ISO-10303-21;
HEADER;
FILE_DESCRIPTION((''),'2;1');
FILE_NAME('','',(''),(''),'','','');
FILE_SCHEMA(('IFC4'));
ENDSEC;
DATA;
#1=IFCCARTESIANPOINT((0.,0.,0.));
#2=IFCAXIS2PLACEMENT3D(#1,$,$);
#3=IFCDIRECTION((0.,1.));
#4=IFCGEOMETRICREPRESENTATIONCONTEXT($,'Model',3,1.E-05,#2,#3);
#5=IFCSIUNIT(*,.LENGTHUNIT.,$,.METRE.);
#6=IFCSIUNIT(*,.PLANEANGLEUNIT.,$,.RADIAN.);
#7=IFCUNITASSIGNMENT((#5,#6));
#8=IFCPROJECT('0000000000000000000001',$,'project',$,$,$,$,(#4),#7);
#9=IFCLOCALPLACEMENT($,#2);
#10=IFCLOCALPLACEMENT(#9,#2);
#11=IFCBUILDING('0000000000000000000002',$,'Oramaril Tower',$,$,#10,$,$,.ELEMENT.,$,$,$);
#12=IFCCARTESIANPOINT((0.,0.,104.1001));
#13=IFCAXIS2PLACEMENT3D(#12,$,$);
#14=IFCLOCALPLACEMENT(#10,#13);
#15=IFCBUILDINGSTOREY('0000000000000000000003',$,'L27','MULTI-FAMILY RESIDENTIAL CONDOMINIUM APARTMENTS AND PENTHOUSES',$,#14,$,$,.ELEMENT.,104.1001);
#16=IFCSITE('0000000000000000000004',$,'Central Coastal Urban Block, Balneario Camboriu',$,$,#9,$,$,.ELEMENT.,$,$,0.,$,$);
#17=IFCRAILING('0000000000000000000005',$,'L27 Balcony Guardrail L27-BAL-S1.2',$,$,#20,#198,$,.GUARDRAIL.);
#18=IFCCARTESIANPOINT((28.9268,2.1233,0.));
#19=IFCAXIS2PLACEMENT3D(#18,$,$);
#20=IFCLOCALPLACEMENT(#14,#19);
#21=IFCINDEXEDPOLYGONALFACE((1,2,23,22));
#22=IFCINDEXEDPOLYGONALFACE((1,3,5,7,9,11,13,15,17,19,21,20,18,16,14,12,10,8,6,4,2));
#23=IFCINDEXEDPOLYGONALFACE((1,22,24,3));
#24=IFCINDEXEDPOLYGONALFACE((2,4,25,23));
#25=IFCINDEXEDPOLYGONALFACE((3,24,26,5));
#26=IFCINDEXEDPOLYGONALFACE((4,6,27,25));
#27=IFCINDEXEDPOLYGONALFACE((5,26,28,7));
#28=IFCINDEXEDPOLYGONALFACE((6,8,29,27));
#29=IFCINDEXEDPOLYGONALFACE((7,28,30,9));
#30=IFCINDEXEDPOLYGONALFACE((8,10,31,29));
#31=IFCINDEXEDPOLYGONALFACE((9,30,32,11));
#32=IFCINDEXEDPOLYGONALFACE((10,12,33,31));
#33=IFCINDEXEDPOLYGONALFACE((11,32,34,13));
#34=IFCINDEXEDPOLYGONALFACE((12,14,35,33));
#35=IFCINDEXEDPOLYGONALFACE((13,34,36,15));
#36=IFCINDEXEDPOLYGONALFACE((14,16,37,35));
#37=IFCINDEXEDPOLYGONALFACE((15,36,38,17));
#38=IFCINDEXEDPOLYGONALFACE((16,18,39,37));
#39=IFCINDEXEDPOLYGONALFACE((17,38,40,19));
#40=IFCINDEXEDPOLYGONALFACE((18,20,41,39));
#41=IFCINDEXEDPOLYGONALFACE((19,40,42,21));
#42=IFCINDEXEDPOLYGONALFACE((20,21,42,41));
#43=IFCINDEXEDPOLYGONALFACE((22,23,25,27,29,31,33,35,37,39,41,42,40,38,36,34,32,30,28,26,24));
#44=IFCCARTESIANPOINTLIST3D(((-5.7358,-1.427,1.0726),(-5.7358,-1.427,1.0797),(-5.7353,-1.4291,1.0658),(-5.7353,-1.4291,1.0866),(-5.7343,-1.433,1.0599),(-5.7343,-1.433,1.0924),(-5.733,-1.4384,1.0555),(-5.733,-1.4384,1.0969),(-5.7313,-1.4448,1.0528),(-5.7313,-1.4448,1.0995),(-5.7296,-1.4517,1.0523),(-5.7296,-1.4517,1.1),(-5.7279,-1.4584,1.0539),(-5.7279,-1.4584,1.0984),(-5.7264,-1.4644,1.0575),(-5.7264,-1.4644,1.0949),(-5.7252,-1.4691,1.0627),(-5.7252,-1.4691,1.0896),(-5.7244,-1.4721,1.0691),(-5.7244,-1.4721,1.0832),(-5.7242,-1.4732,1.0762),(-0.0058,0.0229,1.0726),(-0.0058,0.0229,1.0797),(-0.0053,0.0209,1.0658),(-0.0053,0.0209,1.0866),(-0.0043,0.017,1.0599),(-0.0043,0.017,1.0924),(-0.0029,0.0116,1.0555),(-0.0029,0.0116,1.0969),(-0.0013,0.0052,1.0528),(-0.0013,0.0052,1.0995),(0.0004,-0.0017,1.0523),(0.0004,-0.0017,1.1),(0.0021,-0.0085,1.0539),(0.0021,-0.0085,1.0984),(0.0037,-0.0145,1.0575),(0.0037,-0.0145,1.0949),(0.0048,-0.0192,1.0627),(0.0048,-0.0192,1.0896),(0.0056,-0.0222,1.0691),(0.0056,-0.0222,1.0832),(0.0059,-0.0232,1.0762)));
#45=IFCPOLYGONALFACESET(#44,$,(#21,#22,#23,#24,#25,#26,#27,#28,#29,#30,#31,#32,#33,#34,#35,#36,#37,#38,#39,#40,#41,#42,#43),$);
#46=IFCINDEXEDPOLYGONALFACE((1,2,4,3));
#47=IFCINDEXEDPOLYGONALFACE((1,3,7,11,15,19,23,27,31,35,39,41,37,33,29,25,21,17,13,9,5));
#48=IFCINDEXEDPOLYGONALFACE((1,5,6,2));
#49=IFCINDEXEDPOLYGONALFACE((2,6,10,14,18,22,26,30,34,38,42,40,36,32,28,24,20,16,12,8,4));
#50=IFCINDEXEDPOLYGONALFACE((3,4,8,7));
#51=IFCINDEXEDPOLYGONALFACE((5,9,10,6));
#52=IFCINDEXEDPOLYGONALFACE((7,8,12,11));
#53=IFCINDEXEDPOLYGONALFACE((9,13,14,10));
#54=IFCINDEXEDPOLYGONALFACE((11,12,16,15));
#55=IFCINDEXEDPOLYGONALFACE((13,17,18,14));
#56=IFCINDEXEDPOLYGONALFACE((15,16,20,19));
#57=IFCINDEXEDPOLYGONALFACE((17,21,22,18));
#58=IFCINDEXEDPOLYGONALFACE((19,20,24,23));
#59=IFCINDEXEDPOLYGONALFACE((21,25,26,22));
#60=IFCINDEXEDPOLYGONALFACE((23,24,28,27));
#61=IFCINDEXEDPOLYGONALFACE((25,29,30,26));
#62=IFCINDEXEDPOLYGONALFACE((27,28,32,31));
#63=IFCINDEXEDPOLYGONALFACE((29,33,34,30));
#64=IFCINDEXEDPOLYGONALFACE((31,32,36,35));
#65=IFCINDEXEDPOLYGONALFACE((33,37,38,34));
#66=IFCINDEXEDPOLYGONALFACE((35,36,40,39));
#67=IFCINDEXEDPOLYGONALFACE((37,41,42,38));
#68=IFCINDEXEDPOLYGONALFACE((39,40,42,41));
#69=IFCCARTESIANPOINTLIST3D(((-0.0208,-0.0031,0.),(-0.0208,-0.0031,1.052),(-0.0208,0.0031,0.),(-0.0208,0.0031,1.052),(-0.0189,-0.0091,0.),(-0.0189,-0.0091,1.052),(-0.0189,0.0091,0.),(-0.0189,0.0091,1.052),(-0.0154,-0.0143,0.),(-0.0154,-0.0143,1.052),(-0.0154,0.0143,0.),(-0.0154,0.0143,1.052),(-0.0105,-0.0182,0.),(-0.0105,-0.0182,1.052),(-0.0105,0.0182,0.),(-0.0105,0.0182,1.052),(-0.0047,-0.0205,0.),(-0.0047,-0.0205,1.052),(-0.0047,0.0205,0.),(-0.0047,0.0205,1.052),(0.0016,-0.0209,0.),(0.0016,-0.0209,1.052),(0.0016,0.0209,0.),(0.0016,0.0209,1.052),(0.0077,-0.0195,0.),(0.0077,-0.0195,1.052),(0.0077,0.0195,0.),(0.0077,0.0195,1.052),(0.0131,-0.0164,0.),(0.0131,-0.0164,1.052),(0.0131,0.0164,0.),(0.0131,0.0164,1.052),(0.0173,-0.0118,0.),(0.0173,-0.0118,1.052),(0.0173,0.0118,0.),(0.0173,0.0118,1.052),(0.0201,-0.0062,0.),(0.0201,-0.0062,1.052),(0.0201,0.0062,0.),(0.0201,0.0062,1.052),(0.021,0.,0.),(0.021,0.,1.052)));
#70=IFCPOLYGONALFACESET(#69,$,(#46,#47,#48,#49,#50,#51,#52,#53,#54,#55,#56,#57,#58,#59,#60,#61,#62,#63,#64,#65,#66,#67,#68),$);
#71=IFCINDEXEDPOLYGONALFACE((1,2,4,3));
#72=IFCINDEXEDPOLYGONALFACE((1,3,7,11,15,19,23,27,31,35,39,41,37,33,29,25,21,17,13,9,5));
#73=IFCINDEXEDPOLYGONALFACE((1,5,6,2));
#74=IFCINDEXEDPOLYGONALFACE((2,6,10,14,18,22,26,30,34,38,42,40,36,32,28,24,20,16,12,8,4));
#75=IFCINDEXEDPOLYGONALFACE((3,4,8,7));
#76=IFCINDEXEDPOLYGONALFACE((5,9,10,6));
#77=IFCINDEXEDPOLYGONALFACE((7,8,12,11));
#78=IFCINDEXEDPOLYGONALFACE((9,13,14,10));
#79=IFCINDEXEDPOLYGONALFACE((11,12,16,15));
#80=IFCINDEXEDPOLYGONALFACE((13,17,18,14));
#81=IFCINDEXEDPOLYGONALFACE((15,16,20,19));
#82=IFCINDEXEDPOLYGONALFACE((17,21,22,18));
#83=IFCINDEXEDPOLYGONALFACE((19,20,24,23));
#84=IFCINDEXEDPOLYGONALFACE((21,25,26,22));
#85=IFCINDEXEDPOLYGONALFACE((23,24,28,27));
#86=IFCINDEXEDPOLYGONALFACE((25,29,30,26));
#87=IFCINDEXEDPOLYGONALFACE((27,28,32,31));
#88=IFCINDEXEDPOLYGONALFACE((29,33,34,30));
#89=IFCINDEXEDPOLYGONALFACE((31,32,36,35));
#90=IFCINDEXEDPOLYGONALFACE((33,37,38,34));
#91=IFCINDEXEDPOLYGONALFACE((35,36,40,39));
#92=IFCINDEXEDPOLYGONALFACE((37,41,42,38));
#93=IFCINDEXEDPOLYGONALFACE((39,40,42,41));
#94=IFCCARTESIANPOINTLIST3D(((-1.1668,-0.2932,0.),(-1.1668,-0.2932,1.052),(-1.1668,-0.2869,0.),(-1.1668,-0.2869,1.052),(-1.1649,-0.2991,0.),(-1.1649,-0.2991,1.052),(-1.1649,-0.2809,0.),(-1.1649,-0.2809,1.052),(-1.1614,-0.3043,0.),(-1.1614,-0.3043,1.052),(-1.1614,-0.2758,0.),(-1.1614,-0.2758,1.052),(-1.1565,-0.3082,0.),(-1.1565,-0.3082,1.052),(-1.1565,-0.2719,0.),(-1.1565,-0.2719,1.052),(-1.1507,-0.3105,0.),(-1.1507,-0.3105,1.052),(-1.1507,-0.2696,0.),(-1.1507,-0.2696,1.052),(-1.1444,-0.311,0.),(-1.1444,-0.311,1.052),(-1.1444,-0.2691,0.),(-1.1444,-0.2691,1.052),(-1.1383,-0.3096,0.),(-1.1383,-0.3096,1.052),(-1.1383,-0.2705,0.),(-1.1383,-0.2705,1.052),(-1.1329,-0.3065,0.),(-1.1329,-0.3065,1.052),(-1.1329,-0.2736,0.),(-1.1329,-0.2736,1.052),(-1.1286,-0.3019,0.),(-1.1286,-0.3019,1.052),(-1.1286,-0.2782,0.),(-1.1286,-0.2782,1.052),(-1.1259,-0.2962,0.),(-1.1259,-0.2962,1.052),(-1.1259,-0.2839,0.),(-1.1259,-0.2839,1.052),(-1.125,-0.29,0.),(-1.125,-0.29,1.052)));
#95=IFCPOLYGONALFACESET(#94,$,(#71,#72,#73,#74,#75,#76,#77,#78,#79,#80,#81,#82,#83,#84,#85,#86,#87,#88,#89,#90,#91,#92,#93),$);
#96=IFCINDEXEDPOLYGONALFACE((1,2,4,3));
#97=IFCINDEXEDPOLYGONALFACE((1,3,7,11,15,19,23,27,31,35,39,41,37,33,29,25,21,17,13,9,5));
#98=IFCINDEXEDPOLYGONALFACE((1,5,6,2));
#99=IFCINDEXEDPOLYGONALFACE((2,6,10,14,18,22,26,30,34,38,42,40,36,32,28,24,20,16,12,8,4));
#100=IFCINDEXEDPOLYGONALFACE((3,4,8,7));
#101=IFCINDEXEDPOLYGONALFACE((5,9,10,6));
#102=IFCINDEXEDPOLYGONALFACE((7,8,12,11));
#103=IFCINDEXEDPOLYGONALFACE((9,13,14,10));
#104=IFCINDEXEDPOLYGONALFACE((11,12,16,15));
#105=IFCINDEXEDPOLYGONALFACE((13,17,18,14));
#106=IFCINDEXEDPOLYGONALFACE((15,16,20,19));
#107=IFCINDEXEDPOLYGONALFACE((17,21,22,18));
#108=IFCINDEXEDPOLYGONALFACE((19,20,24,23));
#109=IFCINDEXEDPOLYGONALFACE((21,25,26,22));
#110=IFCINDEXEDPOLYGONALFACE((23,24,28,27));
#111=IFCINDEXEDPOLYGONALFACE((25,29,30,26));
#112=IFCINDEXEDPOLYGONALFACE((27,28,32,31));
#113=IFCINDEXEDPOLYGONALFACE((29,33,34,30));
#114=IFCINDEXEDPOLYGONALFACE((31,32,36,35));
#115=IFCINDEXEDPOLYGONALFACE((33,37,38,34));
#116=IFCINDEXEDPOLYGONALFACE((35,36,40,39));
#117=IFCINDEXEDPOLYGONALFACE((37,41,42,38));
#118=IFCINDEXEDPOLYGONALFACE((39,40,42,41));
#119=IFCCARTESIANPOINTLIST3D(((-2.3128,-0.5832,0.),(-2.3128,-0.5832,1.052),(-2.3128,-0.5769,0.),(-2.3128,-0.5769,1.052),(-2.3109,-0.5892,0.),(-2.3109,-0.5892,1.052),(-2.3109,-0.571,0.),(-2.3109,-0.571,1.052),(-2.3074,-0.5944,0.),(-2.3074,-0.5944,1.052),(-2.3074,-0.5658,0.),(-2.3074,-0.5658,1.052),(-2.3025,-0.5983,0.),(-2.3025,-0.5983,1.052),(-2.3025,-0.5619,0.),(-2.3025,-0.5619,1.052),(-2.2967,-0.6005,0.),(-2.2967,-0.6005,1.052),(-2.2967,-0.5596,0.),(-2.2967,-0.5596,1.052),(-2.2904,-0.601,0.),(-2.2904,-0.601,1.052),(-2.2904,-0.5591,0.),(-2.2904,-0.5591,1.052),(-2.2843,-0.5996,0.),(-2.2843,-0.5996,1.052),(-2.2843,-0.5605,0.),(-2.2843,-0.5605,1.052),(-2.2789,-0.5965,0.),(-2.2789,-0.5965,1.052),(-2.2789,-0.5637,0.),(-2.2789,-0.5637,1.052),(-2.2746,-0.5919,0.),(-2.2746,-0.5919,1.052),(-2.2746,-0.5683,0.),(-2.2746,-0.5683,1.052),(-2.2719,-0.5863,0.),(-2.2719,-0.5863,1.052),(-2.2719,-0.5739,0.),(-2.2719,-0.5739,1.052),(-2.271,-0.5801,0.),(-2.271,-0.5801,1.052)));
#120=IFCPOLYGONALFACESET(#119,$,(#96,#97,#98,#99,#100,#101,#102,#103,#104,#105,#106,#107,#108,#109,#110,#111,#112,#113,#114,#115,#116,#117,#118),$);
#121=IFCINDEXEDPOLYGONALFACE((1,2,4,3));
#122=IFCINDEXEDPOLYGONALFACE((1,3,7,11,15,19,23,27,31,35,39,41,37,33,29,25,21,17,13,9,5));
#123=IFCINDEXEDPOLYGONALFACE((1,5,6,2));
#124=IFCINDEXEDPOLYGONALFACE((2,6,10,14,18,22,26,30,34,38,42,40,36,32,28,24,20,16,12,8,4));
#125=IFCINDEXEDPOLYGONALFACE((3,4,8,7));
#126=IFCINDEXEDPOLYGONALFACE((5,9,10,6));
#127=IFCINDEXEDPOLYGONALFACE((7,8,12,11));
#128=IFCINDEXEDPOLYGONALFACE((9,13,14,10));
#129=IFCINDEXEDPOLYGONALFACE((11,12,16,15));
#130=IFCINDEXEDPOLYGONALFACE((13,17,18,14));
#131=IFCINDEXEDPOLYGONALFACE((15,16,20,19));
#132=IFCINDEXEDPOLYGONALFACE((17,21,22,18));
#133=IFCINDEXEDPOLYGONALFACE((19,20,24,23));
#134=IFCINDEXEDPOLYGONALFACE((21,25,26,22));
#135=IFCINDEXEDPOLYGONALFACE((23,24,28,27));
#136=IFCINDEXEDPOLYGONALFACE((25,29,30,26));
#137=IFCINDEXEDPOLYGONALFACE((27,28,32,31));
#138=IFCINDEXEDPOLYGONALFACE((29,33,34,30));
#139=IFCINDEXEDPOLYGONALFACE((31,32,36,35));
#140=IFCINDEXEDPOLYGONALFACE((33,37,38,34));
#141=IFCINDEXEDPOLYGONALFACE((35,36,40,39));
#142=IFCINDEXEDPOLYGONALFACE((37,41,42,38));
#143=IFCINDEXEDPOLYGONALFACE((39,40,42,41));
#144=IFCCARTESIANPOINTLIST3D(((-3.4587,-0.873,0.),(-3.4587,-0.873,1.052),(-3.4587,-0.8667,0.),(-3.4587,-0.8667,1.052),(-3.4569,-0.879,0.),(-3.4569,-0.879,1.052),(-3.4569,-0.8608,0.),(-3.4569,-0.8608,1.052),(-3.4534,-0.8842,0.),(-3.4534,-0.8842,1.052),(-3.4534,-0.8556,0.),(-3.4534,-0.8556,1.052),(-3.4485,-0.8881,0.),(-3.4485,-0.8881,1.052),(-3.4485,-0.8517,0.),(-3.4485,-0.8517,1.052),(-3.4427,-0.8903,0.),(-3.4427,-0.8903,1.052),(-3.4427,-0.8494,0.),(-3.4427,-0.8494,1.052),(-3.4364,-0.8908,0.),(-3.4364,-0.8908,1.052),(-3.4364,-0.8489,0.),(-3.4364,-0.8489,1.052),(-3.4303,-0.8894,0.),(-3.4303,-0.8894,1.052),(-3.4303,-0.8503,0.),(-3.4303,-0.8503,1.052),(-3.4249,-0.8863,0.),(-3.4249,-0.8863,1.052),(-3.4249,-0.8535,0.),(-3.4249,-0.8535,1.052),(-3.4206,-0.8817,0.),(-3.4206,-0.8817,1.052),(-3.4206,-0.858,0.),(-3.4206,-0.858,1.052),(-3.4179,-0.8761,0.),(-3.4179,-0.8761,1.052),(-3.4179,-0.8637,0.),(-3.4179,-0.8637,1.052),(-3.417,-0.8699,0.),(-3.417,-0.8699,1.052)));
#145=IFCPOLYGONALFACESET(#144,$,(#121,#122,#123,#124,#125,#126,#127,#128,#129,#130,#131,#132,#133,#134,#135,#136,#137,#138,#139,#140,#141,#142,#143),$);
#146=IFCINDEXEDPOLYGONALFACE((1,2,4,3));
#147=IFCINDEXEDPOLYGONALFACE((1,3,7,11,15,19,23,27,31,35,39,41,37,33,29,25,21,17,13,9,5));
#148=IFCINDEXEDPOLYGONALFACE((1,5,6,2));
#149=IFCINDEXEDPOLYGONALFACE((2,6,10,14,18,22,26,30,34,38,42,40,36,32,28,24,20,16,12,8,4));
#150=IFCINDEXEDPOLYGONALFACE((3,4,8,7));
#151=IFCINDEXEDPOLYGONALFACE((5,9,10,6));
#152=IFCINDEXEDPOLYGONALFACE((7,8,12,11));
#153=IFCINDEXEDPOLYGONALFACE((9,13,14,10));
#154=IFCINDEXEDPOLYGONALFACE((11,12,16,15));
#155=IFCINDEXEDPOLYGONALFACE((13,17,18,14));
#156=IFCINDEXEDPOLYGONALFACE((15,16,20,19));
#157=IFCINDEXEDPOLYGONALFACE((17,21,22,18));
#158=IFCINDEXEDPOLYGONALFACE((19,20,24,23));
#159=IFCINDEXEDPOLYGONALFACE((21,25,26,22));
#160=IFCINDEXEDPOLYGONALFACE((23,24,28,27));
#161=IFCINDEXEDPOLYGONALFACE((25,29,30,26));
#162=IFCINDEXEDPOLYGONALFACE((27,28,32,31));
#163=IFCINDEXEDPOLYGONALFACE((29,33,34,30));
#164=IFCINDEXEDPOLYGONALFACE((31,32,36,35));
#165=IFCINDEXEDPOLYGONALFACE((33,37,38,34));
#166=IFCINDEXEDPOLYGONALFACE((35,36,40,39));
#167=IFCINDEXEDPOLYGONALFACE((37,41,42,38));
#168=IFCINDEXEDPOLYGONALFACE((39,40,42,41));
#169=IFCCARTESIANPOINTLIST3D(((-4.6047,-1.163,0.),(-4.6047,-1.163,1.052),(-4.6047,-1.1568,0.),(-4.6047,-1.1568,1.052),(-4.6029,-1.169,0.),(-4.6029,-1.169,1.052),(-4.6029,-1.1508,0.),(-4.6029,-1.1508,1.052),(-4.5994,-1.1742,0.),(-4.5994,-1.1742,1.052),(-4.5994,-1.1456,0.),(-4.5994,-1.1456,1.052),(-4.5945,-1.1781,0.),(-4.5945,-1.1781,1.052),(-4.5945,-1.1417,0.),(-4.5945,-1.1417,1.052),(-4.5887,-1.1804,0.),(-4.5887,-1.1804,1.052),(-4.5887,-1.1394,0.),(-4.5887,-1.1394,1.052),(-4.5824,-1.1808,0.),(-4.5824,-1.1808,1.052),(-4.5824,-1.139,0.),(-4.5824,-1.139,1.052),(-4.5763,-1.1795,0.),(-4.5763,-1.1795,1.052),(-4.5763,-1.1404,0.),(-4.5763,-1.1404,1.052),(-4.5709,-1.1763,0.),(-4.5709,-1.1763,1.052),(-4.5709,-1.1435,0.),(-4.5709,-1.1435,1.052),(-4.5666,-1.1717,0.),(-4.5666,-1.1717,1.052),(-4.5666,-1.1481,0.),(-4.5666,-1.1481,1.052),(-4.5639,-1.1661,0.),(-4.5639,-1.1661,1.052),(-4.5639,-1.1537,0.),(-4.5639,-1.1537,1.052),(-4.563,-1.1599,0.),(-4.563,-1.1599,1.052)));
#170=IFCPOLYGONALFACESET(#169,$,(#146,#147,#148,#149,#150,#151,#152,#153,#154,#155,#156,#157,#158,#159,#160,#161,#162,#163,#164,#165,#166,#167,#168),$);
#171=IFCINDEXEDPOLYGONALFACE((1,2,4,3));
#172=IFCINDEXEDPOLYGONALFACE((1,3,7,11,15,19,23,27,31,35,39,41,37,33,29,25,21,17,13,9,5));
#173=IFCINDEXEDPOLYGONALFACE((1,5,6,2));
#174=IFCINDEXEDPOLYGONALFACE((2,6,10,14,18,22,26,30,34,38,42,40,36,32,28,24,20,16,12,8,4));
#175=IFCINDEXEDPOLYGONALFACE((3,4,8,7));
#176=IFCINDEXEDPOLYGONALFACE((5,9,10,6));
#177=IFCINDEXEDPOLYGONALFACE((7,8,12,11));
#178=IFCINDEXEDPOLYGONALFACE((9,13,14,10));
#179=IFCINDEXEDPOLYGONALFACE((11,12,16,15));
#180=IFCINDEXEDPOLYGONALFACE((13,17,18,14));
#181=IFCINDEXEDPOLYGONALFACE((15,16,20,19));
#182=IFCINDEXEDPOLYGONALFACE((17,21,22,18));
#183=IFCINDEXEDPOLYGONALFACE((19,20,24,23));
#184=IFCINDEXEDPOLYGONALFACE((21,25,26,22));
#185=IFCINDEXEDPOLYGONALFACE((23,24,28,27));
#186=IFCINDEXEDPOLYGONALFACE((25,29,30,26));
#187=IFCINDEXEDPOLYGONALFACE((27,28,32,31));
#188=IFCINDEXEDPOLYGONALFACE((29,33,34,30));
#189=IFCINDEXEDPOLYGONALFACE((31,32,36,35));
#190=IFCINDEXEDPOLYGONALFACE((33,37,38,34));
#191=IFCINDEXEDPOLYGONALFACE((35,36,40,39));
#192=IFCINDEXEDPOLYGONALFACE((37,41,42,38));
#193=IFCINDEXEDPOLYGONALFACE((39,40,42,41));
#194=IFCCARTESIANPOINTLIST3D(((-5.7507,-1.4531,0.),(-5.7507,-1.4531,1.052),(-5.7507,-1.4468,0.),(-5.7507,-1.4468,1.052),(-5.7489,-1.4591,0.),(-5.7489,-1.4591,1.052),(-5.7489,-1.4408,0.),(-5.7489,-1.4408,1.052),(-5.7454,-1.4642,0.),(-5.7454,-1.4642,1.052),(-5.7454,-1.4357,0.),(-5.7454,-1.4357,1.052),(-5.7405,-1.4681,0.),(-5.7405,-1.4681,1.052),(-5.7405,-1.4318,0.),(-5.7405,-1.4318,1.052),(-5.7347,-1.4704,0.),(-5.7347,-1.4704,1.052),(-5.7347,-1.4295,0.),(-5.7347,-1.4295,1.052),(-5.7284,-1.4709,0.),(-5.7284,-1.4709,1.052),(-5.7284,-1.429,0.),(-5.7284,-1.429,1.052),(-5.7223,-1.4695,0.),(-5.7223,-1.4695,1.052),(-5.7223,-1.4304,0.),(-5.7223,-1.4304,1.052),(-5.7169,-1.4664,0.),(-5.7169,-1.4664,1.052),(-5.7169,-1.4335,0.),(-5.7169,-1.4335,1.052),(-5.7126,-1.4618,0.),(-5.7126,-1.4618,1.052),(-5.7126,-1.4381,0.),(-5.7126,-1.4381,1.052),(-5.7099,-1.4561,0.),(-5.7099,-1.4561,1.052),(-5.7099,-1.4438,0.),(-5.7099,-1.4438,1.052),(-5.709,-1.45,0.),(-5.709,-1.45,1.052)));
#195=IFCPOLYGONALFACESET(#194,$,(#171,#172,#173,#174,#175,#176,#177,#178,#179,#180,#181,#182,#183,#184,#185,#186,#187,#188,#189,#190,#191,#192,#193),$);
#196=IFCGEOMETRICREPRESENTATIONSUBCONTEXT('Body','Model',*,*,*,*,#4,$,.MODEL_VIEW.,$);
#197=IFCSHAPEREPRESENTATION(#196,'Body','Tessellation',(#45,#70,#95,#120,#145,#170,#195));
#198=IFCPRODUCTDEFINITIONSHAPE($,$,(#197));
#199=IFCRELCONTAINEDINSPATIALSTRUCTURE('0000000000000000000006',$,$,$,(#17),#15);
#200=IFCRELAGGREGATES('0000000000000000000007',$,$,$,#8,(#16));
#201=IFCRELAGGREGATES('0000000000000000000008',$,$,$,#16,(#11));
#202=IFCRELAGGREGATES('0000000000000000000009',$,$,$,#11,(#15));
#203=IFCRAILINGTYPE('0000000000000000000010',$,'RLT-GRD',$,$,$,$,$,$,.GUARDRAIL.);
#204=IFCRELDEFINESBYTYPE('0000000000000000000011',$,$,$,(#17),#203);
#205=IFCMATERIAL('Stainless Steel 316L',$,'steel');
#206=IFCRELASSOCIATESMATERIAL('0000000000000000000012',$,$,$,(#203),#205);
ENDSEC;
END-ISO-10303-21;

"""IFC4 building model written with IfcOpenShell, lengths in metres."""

from ifc_helpers import new_model, si_unit, direction, frame, origin, origin_2d, place, context, subcontext, project, spatial, circle, extrude, material, type_object, element, save


model = new_model("IFC4")

# Units and contexts
model_context = context("Model", 3, precision=1e-05, world=origin(), true_north=direction((0.0, 1.0)))
body_context = subcontext(model_context, "Body", "Model", "MODEL_VIEW")
ifc_project = project(units=[si_unit("LENGTHUNIT", "METRE"), si_unit("PLANEANGLEUNIT", "RADIAN")], contexts=[model_context])

# Site, building, storey
site_placement = place(None, origin())
site = spatial("IfcSite", under=ifc_project, at=site_placement, Name="Central Coastal Urban Block, Balneario Camboriu", CompositionType="ELEMENT", RefElevation=0.0)
building_placement = place(site_placement, origin())
building = spatial("IfcBuilding", under=site, at=building_placement, Name="Oramaril Tower", CompositionType="ELEMENT")
storey_placement = place(building_placement, frame((0.0, 0.0, 104.1001)))
storey = spatial("IfcBuildingStorey", under=building, at=storey_placement, Name="L27", Description="MULTI-FAMILY RESIDENTIAL CONDOMINIUM APARTMENTS AND PENTHOUSES", CompositionType="ELEMENT", Elevation=104.1001)

# Railing
ifc_material_1 = material(Name="Stainless Steel 316L", Category="steel")
railing_type = type_object("IfcRailingType", Name="RLT-GRD", PredefinedType="GUARDRAIL", material=ifc_material_1)
railing_1_placement = place(storey_placement, frame((28.9268, 2.1233, 0.0)))
element("IfcRailing", 1, at=railing_1_placement, inside=storey, type_object=railing_type, Name="L27 Balcony Guardrail L27-BAL-S1.2", PredefinedType="GUARDRAIL", context=body_context, shape_type="SweptSolid", body=[
    extrude(circle(Radius=0.0239, at=origin_2d()), frame((0.0, 0.0, 1.0762), z_axis=(-0.969444, -0.245314, 0.0), x_axis=(0.245314, -0.969444, 0.0)), (0.0, 0.0, 1.0), 5.9106),
    extrude(circle(Radius=0.021, at=origin_2d()), origin(), (0.0, 0.0, 1.0), 1.052),
    extrude(circle(Radius=0.021, at=origin_2d()), frame((-1.146, -0.29, 0.0)), (0.0, 0.0, 1.0), 1.052),
    extrude(circle(Radius=0.021, at=origin_2d()), frame((-2.292, -0.5801, 0.0)), (0.0, 0.0, 1.0), 1.052),
    extrude(circle(Radius=0.021, at=origin_2d()), frame((-3.438, -0.8699, 0.0)), (0.0, 0.0, 1.0), 1.052),
    extrude(circle(Radius=0.021, at=origin_2d()), frame((-4.584, -1.1599, 0.0)), (0.0, 0.0, 1.0), 1.052),
    extrude(circle(Radius=0.021, at=origin_2d()), frame((-5.73, -1.45, 0.0)), (0.0, 0.0, 1.0), 1.052),
])

save(model, "model.ifc")
